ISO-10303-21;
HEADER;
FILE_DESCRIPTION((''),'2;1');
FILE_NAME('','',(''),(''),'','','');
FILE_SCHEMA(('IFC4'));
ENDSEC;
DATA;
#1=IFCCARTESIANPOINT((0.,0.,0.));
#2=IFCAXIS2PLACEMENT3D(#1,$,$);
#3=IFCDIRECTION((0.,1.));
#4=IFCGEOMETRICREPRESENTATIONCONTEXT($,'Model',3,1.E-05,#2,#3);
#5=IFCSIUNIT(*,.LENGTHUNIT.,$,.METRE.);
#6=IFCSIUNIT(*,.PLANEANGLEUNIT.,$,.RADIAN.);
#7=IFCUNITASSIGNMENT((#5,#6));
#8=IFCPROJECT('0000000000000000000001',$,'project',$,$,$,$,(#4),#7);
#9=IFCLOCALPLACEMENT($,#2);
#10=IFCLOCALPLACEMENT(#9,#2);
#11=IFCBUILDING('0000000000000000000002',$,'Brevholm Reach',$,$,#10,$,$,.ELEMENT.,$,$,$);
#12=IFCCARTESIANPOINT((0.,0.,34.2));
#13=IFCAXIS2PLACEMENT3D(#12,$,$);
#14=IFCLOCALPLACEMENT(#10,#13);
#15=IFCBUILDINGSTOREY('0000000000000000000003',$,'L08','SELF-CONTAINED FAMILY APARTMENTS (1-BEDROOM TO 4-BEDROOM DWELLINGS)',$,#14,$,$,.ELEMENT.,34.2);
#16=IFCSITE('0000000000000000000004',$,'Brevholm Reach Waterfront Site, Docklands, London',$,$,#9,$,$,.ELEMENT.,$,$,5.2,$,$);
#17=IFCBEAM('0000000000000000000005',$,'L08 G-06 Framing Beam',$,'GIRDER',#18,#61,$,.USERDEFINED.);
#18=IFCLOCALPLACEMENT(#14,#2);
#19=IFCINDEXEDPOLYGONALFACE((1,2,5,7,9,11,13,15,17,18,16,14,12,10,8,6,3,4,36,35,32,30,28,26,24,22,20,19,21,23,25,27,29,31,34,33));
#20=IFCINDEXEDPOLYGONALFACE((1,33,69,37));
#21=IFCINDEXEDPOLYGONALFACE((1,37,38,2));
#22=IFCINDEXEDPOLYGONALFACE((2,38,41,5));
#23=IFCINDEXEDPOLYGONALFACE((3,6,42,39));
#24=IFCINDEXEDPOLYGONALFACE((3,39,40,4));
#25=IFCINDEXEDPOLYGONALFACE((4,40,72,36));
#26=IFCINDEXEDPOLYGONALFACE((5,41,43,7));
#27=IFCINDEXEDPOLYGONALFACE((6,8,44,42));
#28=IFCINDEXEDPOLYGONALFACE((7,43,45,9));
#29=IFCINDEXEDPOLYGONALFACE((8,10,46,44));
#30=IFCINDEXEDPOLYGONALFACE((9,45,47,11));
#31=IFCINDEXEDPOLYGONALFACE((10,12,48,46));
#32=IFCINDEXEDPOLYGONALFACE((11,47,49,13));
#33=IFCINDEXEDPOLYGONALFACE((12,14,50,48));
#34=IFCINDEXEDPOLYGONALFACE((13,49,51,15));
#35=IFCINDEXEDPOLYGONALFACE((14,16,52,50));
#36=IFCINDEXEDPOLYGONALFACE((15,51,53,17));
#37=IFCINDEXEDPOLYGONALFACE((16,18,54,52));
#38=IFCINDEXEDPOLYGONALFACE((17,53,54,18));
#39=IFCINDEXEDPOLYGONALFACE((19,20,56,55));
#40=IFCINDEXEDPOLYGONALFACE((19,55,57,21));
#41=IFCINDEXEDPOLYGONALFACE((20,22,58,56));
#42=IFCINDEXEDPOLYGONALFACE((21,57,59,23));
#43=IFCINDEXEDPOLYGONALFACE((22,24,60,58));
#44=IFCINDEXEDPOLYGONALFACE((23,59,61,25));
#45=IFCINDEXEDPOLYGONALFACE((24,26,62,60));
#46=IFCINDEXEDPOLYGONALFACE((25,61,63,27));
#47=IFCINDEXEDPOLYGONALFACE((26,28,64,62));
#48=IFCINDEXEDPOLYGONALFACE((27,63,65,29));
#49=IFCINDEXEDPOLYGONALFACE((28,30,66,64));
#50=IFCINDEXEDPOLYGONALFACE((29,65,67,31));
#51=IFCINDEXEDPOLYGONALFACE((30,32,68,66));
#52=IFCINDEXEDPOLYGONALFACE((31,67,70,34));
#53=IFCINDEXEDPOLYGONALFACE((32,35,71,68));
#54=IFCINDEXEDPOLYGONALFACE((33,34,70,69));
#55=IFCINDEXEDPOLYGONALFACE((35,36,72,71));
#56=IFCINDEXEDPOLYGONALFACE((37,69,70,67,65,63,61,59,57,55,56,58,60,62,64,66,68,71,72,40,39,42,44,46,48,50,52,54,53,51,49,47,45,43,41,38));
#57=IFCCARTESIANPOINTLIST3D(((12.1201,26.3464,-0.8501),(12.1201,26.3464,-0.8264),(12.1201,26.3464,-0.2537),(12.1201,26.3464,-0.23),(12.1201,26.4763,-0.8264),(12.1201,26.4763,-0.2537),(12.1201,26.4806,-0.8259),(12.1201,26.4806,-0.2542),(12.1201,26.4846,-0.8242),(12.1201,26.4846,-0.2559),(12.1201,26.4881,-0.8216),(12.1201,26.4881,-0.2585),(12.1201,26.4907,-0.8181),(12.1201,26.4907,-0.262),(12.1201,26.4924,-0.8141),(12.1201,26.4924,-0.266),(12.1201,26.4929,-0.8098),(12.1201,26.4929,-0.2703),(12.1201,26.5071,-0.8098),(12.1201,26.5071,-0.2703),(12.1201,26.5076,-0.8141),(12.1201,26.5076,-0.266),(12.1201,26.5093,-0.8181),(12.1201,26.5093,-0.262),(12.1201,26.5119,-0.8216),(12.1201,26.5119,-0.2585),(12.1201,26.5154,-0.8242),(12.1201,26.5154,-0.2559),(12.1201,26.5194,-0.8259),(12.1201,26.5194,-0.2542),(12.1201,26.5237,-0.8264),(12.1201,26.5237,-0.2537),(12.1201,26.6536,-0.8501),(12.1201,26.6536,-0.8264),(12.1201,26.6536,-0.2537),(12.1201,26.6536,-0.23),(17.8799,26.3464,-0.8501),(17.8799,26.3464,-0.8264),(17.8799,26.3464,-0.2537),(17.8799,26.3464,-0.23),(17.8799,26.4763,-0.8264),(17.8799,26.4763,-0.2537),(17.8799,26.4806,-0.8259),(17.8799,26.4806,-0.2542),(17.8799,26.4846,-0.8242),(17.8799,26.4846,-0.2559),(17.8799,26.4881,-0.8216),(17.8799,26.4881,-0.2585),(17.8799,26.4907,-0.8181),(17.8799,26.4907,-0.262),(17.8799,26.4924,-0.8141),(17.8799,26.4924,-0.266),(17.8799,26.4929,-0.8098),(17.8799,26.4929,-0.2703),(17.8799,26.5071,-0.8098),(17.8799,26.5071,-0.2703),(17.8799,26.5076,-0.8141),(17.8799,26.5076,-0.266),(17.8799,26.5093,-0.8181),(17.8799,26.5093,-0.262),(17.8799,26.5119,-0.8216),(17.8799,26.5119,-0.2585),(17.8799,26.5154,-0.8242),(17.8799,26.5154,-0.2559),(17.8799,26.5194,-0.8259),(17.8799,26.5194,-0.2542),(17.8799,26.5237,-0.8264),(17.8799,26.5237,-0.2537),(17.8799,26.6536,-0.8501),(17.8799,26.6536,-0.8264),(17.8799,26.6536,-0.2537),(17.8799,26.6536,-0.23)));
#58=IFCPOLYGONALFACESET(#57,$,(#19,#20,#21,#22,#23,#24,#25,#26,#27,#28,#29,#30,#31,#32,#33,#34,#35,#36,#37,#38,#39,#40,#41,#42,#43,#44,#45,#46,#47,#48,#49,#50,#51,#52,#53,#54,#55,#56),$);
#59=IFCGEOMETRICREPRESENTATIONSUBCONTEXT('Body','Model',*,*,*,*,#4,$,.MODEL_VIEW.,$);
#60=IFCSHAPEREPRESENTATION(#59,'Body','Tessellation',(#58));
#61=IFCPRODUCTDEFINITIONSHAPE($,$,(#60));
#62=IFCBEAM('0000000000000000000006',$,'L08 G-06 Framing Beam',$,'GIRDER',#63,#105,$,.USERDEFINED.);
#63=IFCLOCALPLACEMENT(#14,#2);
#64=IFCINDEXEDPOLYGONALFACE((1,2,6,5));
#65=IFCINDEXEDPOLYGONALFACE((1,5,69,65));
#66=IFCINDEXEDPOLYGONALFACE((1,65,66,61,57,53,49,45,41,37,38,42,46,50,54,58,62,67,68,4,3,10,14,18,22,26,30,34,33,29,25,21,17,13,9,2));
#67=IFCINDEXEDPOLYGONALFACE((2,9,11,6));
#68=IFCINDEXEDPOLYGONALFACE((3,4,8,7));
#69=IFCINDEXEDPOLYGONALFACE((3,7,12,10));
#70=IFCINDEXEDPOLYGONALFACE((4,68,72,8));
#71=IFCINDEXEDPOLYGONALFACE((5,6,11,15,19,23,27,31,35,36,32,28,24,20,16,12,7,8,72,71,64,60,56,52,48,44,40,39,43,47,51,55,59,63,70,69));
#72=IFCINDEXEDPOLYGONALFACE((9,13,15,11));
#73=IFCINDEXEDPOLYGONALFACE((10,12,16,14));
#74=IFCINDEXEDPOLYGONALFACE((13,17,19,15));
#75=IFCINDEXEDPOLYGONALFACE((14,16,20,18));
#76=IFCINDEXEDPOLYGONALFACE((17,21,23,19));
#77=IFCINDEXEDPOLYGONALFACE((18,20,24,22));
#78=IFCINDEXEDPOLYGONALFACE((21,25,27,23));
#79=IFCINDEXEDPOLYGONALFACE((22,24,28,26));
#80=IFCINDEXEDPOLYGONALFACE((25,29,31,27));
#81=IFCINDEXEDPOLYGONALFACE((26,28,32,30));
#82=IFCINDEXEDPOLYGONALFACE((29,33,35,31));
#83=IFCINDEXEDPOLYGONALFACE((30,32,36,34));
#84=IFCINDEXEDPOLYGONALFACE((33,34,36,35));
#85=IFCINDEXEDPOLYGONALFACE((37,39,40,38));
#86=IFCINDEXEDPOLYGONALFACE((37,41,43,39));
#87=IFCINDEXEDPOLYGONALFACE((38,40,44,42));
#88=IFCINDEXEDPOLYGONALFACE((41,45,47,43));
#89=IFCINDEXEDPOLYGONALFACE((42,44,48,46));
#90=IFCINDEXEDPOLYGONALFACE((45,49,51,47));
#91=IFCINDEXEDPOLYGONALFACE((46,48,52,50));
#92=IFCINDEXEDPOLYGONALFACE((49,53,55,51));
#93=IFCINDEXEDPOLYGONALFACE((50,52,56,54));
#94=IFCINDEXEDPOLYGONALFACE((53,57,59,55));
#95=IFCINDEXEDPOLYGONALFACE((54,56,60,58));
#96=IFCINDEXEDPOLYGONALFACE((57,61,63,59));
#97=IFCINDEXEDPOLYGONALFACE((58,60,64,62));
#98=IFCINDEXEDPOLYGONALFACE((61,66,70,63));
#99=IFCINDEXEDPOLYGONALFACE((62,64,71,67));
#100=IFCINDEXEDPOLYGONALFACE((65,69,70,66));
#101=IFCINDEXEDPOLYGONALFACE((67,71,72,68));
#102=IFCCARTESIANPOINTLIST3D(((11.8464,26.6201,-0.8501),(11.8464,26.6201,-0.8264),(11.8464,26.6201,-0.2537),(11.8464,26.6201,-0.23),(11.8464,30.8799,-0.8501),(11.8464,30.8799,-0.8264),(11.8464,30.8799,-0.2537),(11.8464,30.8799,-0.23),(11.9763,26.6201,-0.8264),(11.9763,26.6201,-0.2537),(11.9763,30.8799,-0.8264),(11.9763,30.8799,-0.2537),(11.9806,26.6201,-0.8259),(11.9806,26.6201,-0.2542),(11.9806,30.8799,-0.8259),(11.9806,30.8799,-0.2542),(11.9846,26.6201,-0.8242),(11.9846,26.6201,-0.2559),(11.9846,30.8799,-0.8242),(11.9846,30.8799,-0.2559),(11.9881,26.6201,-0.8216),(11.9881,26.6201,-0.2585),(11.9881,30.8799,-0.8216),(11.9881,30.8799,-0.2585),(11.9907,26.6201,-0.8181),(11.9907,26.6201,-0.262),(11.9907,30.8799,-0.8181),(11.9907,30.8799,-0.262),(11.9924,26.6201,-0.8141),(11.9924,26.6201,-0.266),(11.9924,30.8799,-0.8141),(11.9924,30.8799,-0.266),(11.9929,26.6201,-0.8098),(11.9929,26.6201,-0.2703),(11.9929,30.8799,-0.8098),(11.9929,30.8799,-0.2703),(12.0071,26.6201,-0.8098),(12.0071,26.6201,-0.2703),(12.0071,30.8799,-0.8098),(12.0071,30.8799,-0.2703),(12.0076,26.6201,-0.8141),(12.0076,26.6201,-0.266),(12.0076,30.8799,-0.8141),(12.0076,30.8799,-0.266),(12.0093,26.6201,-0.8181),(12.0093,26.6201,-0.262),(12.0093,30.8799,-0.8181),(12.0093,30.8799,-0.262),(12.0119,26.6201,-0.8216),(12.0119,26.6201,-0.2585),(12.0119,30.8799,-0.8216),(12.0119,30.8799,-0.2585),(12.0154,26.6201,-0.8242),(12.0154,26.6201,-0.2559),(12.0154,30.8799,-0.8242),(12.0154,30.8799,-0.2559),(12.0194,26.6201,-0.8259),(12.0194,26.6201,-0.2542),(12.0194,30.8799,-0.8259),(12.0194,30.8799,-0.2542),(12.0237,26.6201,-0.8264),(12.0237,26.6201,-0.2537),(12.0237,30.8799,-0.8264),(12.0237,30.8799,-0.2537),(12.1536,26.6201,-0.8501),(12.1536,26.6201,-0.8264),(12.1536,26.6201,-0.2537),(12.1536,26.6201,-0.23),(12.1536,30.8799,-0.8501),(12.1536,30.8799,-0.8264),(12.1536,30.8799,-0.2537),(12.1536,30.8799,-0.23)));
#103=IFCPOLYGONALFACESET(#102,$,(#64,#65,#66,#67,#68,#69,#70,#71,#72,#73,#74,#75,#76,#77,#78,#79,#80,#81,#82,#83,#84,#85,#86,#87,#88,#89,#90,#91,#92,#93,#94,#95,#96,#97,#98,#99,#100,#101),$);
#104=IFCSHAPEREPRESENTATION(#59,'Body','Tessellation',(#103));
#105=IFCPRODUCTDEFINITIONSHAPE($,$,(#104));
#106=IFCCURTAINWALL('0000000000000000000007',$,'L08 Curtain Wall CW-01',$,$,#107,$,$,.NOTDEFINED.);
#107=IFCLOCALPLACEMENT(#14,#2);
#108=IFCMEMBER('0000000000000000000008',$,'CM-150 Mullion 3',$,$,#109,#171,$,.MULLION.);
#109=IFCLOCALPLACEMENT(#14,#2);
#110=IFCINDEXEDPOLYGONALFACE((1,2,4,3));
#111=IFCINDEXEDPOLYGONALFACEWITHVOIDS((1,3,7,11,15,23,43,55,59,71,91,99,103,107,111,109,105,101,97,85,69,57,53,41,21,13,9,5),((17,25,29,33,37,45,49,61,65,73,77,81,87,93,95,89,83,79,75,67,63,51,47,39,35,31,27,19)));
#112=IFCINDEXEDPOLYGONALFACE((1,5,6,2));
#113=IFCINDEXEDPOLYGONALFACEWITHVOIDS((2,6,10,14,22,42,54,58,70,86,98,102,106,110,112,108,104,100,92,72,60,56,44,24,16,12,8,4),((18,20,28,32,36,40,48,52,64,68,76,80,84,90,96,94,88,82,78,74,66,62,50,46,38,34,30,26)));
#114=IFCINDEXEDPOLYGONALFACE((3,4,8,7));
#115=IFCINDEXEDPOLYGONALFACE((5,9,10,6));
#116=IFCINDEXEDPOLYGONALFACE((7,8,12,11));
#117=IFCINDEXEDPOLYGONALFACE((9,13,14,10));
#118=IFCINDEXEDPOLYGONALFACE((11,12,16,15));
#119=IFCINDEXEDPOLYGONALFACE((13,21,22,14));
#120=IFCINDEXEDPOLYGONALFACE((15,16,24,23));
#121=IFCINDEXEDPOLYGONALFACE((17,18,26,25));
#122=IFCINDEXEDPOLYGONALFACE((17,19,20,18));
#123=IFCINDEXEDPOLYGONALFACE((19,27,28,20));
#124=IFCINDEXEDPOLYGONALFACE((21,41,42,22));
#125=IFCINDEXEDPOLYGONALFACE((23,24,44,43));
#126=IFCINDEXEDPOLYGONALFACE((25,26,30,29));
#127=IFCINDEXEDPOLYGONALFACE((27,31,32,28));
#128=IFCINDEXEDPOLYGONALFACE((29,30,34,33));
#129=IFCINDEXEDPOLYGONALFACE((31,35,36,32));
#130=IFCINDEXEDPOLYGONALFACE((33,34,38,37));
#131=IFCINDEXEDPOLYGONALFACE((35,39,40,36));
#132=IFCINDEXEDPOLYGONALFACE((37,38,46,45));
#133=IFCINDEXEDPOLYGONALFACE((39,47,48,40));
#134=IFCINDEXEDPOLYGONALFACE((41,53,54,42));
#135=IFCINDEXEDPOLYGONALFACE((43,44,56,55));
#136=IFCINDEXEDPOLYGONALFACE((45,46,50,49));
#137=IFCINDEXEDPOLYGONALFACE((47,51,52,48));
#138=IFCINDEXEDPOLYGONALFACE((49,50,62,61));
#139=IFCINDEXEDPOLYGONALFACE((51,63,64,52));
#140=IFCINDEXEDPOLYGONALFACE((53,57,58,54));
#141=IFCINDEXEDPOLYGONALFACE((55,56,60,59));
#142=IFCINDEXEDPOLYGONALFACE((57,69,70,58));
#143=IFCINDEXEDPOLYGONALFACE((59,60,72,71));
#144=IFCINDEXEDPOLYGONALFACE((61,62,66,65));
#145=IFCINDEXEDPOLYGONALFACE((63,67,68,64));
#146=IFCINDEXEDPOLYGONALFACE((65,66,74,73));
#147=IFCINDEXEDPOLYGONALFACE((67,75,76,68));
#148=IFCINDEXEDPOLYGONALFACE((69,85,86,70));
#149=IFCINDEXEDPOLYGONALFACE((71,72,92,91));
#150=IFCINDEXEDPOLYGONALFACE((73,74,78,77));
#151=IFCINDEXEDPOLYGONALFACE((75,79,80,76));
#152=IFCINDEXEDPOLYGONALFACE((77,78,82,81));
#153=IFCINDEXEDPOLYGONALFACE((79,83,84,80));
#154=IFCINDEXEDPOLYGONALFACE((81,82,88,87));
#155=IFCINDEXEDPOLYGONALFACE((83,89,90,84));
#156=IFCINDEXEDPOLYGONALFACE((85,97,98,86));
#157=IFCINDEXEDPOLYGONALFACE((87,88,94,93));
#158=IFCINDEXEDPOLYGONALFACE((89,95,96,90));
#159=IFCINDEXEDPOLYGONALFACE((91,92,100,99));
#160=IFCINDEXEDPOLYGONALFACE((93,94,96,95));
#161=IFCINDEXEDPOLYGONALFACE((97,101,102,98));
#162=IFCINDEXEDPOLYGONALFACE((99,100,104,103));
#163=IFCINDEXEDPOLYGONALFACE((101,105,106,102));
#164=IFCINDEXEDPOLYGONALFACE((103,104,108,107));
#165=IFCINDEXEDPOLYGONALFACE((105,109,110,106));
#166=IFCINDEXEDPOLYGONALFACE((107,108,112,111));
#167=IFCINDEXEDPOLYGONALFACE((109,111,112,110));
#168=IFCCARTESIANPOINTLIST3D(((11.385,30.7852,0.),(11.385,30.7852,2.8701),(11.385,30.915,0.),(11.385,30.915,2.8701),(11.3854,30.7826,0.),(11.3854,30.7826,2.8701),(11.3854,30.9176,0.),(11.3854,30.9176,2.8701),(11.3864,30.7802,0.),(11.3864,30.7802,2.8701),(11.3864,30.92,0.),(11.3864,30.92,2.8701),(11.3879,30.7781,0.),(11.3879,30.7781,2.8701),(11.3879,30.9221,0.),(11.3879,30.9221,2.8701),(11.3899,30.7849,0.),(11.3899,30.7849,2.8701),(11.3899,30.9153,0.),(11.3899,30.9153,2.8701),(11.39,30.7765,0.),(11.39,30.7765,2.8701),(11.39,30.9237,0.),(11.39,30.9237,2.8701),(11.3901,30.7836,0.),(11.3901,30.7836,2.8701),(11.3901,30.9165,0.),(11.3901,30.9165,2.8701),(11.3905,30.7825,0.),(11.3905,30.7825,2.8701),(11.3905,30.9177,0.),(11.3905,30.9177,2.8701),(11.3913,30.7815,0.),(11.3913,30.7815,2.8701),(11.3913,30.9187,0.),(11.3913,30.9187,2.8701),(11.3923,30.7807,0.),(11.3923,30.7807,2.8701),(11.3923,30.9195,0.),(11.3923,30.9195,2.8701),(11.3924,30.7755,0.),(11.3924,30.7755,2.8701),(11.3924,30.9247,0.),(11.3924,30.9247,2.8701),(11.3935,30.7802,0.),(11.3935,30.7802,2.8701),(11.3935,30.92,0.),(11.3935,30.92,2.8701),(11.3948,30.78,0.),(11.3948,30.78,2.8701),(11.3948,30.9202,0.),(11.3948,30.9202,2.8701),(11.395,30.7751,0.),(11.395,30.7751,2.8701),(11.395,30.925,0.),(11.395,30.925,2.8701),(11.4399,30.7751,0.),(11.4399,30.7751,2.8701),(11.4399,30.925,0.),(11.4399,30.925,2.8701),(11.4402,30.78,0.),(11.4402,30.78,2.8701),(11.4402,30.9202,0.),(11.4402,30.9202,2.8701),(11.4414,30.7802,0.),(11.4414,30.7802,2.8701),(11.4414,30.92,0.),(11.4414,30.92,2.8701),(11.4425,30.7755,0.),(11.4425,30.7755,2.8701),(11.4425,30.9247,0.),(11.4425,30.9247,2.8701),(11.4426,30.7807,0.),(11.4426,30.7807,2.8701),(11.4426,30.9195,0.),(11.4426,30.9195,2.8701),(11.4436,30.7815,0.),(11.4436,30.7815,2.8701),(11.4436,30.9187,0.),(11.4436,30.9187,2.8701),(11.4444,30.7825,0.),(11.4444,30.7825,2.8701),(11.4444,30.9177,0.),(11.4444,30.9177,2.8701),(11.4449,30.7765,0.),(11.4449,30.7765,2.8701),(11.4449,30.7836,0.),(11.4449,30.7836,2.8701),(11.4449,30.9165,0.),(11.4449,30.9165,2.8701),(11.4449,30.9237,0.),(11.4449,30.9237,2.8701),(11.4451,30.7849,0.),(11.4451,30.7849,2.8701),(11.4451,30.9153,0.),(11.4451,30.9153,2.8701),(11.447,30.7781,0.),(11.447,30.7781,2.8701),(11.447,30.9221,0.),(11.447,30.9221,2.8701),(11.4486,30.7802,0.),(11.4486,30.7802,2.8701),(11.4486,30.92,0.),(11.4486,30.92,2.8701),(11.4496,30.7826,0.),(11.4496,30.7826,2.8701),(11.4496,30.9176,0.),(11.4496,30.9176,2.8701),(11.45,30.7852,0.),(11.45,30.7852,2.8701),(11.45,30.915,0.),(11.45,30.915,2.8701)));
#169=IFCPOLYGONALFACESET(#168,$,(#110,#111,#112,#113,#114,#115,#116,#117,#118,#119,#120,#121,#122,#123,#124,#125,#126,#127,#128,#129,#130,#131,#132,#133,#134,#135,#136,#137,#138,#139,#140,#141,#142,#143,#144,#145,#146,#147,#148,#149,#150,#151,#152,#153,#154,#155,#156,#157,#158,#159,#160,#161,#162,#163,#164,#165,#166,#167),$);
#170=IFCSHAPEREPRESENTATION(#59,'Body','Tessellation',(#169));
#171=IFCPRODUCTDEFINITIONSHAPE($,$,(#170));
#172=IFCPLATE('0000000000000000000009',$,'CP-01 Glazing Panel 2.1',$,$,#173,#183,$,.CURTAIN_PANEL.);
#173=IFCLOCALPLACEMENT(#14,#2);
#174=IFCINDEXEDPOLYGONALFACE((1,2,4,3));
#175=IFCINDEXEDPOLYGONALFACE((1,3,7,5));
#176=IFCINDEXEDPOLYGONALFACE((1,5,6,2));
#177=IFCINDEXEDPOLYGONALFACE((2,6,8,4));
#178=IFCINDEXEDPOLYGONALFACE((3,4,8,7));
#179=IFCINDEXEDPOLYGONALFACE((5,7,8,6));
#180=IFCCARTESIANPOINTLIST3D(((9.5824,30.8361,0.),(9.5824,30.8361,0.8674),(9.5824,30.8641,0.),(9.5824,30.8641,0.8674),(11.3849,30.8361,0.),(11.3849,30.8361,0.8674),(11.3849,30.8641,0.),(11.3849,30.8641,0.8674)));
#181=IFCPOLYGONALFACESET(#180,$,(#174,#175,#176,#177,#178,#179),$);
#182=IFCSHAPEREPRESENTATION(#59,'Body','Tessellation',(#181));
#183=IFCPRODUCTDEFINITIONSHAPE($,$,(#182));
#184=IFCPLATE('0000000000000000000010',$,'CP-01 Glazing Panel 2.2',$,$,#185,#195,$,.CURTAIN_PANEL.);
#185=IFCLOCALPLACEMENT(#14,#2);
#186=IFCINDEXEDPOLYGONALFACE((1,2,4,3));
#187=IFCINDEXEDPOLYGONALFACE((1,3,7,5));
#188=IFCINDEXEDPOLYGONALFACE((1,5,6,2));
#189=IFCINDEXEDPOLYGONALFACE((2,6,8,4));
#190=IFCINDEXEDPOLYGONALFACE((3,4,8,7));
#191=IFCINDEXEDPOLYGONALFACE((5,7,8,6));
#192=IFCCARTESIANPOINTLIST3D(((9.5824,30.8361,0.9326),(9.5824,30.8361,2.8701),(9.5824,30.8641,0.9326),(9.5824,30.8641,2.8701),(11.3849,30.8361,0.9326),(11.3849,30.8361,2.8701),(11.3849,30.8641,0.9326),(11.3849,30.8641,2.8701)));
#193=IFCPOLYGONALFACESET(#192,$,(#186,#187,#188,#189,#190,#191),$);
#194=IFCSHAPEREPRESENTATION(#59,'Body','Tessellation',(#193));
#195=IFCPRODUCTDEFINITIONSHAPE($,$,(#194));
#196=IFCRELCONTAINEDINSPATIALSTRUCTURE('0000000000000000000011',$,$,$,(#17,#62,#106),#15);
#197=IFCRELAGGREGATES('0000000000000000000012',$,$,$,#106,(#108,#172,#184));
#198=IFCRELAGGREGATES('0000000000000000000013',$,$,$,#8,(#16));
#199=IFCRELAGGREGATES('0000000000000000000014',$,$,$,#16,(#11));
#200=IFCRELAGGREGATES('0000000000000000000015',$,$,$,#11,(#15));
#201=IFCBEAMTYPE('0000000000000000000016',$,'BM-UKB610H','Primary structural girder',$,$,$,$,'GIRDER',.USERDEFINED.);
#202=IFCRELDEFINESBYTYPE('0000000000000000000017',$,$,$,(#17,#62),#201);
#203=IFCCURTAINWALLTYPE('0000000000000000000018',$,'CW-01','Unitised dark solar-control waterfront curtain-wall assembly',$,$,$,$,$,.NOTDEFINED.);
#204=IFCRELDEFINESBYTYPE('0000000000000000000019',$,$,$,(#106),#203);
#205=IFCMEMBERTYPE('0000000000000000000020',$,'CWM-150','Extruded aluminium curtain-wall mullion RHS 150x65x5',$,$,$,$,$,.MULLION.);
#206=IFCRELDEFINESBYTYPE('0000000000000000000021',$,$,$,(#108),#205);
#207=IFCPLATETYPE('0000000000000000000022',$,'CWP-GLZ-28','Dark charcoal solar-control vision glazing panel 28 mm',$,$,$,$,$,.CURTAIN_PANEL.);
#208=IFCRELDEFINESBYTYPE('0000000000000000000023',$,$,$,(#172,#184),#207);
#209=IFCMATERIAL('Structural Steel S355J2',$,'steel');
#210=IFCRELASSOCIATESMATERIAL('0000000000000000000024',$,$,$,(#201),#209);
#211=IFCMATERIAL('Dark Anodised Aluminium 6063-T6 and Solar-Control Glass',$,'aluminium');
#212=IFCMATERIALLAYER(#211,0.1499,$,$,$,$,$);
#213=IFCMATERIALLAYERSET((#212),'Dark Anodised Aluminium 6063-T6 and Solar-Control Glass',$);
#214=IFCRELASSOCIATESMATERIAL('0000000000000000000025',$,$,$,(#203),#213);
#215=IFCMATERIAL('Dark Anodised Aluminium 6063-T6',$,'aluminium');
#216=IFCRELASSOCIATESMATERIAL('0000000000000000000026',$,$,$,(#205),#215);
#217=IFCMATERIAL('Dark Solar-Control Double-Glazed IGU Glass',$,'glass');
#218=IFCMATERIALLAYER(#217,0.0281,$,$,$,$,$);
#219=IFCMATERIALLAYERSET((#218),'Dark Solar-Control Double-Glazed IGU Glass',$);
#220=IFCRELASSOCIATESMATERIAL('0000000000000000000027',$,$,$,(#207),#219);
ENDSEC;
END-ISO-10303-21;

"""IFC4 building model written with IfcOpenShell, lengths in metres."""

from ifc_helpers import new_model, si_unit, direction, frame, origin, origin_2d, place, context, subcontext, project, spatial, rectangle, hollow_rectangle, i_section, extrude, material, layer, layer_set, material_profile, profile_set, type_object, element, aggregate, save


model = new_model("IFC4")

# Units and contexts
model_context = context("Model", 3, precision=1e-05, world=origin(), true_north=direction((0.0, 1.0)))
body_context = subcontext(model_context, "Body", "Model", "MODEL_VIEW")
ifc_project = project(units=[si_unit("LENGTHUNIT", "METRE"), si_unit("PLANEANGLEUNIT", "RADIAN")], contexts=[model_context])

# Site, building, storey
site_placement = place(None, origin())
site = spatial("IfcSite", under=ifc_project, at=site_placement, Name="Brevholm Reach Waterfront Site, Docklands, London", CompositionType="ELEMENT", RefElevation=5.2)
building_placement = place(site_placement, origin())
building = spatial("IfcBuilding", under=site, at=building_placement, Name="Brevholm Reach", CompositionType="ELEMENT")
storey_placement = place(building_placement, frame((0.0, 0.0, 34.2)))
storey = spatial("IfcBuildingStorey", under=building, at=storey_placement, Name="L08", Description="SELF-CONTAINED FAMILY APARTMENTS (1-BEDROOM TO 4-BEDROOM DWELLINGS)", CompositionType="ELEMENT", Elevation=34.2)

# Beams
ifc_material_1 = material(Name="Structural Steel S355J2", Category="steel")
ifc_material_profile_1 = material_profile(ifc_material_1, i_section(OverallWidth=0.3071, OverallDepth=0.6201, WebThickness=0.0142, FlangeThickness=0.0237, FilletRadius=0.0166, at=origin_2d()), Name="UKB 610x305x179")
ifc_profile_set_1 = profile_set([ifc_material_profile_1], Name="Structural Steel S355J2")
beam_type_1 = type_object("IfcBeamType", Name="BM-UKB610H", Description="Primary structural girder", ElementType="GIRDER", PredefinedType="USERDEFINED", material=ifc_profile_set_1)
beam_1_placement = place(storey_placement, frame((12.1201, 26.5, -0.54), z_axis=(1.0, 0.0, 0.0), x_axis=(0.0, 1.0, 0.0)))
element("IfcBeam", 1, at=beam_1_placement, inside=storey, type_object=beam_type_1, Name="L08 G-06 Framing Beam", ObjectType="GIRDER", PredefinedType="USERDEFINED", context=body_context, shape_type="SweptSolid", body=[
    extrude(i_section(OverallWidth=0.3071, OverallDepth=0.6201, WebThickness=0.0142, FlangeThickness=0.0237, FilletRadius=0.0166, at=origin_2d()), origin(), (0.0, 0.0, 1.0), 5.7598),
])
beam_2_placement = place(storey_placement, frame((12.0, 26.6201, -0.54), z_axis=(0.0, 1.0, 0.0), x_axis=(-1.0, 0.0, 0.0)))
element("IfcBeam", 2, at=beam_2_placement, inside=storey, type_object=beam_type_1, Name="L08 G-06 Framing Beam", ObjectType="GIRDER", PredefinedType="USERDEFINED", context=body_context, shape_type="SweptSolid", body=[
    extrude(i_section(OverallWidth=0.3071, OverallDepth=0.6201, WebThickness=0.0142, FlangeThickness=0.0237, FilletRadius=0.0166, at=origin_2d()), origin(), (0.0, 0.0, 1.0), 4.2598),
])

# Curtain wall, member, plates
ifc_material_2 = material(Name="Dark Anodised Aluminium 6063-T6 and Solar-Control Glass", Category="aluminium")
ifc_layer_1 = layer(ifc_material_2, 0.1499)
ifc_layer_set_1 = layer_set([ifc_layer_1], Name="Dark Anodised Aluminium 6063-T6 and Solar-Control Glass")
curtain_wall_type = type_object("IfcCurtainWallType", Name="CW-01", Description="Unitised dark solar-control waterfront curtain-wall assembly", PredefinedType="NOTDEFINED", material=ifc_layer_set_1)
curtain_wall_placement = place(storey_placement, origin())
curtain_wall = element("IfcCurtainWall", 3, at=curtain_wall_placement, inside=storey, type_object=curtain_wall_type, Name="L08 Curtain Wall CW-01", PredefinedType="NOTDEFINED")
ifc_material_3 = material(Name="Dark Anodised Aluminium 6063-T6", Category="aluminium")
ifc_material_profile_2 = material_profile(ifc_material_3, hollow_rectangle(XDim=0.0649, YDim=0.1499, WallThickness=0.0049, InnerFilletRadius=0.0049, OuterFilletRadius=0.01, at=origin_2d()), Name="RHS 150x65x5")
ifc_profile_set_2 = profile_set([ifc_material_profile_2], Name="Dark Anodised Aluminium 6063-T6")
member_type = type_object("IfcMemberType", Name="CWM-150", Description="Extruded aluminium curtain-wall mullion RHS 150x65x5", PredefinedType="MULLION", material=ifc_profile_set_2)
member_placement = place(storey_placement, frame((11.4175, 30.8501, 0.0), z_axis=(0.0, 0.0, 1.0), x_axis=(1.0, 0.0, 0.0)))
member = element("IfcMember", 4, at=member_placement, type_object=member_type, Name="CM-150 Mullion 3", PredefinedType="MULLION", context=body_context, shape_type="SweptSolid", body=[
    extrude(hollow_rectangle(XDim=0.0649, YDim=0.1499, WallThickness=0.0049, InnerFilletRadius=0.0049, OuterFilletRadius=0.01, at=origin_2d()), origin(), (0.0, 0.0, 1.0), 2.8701),
])
ifc_material_4 = material(Name="Dark Solar-Control Double-Glazed IGU Glass", Category="glass")
ifc_layer_2 = layer(ifc_material_4, 0.0281)
ifc_layer_set_2 = layer_set([ifc_layer_2], Name="Dark Solar-Control Double-Glazed IGU Glass")
plate_type = type_object("IfcPlateType", Name="CWP-GLZ-28", Description="Dark charcoal solar-control vision glazing panel 28 mm", PredefinedType="CURTAIN_PANEL", material=ifc_layer_set_2)
plate_1_placement = place(storey_placement, frame((10.4836, 30.8501, 0.0), z_axis=(0.0, 0.0, 1.0), x_axis=(1.0, 0.0, 0.0)))
plate_1 = element("IfcPlate", 5, at=plate_1_placement, type_object=plate_type, Name="CP-01 Glazing Panel 2.1", PredefinedType="CURTAIN_PANEL", context=body_context, shape_type="SweptSolid", body=[
    extrude(rectangle(XDim=1.8025, YDim=0.0281, at=origin_2d()), origin(), (0.0, 0.0, 1.0), 0.8674),
])
plate_2_placement = place(storey_placement, frame((10.4836, 30.8501, 0.9326), z_axis=(0.0, 0.0, 1.0), x_axis=(1.0, 0.0, 0.0)))
plate_2 = element("IfcPlate", 6, at=plate_2_placement, type_object=plate_type, Name="CP-01 Glazing Panel 2.2", PredefinedType="CURTAIN_PANEL", context=body_context, shape_type="SweptSolid", body=[
    extrude(rectangle(XDim=1.8025, YDim=0.0281, at=origin_2d()), origin(), (0.0, 0.0, 1.0), 1.9375),
])
aggregate(curtain_wall, [member, plate_1, plate_2])

save(model, "model.ifc")
